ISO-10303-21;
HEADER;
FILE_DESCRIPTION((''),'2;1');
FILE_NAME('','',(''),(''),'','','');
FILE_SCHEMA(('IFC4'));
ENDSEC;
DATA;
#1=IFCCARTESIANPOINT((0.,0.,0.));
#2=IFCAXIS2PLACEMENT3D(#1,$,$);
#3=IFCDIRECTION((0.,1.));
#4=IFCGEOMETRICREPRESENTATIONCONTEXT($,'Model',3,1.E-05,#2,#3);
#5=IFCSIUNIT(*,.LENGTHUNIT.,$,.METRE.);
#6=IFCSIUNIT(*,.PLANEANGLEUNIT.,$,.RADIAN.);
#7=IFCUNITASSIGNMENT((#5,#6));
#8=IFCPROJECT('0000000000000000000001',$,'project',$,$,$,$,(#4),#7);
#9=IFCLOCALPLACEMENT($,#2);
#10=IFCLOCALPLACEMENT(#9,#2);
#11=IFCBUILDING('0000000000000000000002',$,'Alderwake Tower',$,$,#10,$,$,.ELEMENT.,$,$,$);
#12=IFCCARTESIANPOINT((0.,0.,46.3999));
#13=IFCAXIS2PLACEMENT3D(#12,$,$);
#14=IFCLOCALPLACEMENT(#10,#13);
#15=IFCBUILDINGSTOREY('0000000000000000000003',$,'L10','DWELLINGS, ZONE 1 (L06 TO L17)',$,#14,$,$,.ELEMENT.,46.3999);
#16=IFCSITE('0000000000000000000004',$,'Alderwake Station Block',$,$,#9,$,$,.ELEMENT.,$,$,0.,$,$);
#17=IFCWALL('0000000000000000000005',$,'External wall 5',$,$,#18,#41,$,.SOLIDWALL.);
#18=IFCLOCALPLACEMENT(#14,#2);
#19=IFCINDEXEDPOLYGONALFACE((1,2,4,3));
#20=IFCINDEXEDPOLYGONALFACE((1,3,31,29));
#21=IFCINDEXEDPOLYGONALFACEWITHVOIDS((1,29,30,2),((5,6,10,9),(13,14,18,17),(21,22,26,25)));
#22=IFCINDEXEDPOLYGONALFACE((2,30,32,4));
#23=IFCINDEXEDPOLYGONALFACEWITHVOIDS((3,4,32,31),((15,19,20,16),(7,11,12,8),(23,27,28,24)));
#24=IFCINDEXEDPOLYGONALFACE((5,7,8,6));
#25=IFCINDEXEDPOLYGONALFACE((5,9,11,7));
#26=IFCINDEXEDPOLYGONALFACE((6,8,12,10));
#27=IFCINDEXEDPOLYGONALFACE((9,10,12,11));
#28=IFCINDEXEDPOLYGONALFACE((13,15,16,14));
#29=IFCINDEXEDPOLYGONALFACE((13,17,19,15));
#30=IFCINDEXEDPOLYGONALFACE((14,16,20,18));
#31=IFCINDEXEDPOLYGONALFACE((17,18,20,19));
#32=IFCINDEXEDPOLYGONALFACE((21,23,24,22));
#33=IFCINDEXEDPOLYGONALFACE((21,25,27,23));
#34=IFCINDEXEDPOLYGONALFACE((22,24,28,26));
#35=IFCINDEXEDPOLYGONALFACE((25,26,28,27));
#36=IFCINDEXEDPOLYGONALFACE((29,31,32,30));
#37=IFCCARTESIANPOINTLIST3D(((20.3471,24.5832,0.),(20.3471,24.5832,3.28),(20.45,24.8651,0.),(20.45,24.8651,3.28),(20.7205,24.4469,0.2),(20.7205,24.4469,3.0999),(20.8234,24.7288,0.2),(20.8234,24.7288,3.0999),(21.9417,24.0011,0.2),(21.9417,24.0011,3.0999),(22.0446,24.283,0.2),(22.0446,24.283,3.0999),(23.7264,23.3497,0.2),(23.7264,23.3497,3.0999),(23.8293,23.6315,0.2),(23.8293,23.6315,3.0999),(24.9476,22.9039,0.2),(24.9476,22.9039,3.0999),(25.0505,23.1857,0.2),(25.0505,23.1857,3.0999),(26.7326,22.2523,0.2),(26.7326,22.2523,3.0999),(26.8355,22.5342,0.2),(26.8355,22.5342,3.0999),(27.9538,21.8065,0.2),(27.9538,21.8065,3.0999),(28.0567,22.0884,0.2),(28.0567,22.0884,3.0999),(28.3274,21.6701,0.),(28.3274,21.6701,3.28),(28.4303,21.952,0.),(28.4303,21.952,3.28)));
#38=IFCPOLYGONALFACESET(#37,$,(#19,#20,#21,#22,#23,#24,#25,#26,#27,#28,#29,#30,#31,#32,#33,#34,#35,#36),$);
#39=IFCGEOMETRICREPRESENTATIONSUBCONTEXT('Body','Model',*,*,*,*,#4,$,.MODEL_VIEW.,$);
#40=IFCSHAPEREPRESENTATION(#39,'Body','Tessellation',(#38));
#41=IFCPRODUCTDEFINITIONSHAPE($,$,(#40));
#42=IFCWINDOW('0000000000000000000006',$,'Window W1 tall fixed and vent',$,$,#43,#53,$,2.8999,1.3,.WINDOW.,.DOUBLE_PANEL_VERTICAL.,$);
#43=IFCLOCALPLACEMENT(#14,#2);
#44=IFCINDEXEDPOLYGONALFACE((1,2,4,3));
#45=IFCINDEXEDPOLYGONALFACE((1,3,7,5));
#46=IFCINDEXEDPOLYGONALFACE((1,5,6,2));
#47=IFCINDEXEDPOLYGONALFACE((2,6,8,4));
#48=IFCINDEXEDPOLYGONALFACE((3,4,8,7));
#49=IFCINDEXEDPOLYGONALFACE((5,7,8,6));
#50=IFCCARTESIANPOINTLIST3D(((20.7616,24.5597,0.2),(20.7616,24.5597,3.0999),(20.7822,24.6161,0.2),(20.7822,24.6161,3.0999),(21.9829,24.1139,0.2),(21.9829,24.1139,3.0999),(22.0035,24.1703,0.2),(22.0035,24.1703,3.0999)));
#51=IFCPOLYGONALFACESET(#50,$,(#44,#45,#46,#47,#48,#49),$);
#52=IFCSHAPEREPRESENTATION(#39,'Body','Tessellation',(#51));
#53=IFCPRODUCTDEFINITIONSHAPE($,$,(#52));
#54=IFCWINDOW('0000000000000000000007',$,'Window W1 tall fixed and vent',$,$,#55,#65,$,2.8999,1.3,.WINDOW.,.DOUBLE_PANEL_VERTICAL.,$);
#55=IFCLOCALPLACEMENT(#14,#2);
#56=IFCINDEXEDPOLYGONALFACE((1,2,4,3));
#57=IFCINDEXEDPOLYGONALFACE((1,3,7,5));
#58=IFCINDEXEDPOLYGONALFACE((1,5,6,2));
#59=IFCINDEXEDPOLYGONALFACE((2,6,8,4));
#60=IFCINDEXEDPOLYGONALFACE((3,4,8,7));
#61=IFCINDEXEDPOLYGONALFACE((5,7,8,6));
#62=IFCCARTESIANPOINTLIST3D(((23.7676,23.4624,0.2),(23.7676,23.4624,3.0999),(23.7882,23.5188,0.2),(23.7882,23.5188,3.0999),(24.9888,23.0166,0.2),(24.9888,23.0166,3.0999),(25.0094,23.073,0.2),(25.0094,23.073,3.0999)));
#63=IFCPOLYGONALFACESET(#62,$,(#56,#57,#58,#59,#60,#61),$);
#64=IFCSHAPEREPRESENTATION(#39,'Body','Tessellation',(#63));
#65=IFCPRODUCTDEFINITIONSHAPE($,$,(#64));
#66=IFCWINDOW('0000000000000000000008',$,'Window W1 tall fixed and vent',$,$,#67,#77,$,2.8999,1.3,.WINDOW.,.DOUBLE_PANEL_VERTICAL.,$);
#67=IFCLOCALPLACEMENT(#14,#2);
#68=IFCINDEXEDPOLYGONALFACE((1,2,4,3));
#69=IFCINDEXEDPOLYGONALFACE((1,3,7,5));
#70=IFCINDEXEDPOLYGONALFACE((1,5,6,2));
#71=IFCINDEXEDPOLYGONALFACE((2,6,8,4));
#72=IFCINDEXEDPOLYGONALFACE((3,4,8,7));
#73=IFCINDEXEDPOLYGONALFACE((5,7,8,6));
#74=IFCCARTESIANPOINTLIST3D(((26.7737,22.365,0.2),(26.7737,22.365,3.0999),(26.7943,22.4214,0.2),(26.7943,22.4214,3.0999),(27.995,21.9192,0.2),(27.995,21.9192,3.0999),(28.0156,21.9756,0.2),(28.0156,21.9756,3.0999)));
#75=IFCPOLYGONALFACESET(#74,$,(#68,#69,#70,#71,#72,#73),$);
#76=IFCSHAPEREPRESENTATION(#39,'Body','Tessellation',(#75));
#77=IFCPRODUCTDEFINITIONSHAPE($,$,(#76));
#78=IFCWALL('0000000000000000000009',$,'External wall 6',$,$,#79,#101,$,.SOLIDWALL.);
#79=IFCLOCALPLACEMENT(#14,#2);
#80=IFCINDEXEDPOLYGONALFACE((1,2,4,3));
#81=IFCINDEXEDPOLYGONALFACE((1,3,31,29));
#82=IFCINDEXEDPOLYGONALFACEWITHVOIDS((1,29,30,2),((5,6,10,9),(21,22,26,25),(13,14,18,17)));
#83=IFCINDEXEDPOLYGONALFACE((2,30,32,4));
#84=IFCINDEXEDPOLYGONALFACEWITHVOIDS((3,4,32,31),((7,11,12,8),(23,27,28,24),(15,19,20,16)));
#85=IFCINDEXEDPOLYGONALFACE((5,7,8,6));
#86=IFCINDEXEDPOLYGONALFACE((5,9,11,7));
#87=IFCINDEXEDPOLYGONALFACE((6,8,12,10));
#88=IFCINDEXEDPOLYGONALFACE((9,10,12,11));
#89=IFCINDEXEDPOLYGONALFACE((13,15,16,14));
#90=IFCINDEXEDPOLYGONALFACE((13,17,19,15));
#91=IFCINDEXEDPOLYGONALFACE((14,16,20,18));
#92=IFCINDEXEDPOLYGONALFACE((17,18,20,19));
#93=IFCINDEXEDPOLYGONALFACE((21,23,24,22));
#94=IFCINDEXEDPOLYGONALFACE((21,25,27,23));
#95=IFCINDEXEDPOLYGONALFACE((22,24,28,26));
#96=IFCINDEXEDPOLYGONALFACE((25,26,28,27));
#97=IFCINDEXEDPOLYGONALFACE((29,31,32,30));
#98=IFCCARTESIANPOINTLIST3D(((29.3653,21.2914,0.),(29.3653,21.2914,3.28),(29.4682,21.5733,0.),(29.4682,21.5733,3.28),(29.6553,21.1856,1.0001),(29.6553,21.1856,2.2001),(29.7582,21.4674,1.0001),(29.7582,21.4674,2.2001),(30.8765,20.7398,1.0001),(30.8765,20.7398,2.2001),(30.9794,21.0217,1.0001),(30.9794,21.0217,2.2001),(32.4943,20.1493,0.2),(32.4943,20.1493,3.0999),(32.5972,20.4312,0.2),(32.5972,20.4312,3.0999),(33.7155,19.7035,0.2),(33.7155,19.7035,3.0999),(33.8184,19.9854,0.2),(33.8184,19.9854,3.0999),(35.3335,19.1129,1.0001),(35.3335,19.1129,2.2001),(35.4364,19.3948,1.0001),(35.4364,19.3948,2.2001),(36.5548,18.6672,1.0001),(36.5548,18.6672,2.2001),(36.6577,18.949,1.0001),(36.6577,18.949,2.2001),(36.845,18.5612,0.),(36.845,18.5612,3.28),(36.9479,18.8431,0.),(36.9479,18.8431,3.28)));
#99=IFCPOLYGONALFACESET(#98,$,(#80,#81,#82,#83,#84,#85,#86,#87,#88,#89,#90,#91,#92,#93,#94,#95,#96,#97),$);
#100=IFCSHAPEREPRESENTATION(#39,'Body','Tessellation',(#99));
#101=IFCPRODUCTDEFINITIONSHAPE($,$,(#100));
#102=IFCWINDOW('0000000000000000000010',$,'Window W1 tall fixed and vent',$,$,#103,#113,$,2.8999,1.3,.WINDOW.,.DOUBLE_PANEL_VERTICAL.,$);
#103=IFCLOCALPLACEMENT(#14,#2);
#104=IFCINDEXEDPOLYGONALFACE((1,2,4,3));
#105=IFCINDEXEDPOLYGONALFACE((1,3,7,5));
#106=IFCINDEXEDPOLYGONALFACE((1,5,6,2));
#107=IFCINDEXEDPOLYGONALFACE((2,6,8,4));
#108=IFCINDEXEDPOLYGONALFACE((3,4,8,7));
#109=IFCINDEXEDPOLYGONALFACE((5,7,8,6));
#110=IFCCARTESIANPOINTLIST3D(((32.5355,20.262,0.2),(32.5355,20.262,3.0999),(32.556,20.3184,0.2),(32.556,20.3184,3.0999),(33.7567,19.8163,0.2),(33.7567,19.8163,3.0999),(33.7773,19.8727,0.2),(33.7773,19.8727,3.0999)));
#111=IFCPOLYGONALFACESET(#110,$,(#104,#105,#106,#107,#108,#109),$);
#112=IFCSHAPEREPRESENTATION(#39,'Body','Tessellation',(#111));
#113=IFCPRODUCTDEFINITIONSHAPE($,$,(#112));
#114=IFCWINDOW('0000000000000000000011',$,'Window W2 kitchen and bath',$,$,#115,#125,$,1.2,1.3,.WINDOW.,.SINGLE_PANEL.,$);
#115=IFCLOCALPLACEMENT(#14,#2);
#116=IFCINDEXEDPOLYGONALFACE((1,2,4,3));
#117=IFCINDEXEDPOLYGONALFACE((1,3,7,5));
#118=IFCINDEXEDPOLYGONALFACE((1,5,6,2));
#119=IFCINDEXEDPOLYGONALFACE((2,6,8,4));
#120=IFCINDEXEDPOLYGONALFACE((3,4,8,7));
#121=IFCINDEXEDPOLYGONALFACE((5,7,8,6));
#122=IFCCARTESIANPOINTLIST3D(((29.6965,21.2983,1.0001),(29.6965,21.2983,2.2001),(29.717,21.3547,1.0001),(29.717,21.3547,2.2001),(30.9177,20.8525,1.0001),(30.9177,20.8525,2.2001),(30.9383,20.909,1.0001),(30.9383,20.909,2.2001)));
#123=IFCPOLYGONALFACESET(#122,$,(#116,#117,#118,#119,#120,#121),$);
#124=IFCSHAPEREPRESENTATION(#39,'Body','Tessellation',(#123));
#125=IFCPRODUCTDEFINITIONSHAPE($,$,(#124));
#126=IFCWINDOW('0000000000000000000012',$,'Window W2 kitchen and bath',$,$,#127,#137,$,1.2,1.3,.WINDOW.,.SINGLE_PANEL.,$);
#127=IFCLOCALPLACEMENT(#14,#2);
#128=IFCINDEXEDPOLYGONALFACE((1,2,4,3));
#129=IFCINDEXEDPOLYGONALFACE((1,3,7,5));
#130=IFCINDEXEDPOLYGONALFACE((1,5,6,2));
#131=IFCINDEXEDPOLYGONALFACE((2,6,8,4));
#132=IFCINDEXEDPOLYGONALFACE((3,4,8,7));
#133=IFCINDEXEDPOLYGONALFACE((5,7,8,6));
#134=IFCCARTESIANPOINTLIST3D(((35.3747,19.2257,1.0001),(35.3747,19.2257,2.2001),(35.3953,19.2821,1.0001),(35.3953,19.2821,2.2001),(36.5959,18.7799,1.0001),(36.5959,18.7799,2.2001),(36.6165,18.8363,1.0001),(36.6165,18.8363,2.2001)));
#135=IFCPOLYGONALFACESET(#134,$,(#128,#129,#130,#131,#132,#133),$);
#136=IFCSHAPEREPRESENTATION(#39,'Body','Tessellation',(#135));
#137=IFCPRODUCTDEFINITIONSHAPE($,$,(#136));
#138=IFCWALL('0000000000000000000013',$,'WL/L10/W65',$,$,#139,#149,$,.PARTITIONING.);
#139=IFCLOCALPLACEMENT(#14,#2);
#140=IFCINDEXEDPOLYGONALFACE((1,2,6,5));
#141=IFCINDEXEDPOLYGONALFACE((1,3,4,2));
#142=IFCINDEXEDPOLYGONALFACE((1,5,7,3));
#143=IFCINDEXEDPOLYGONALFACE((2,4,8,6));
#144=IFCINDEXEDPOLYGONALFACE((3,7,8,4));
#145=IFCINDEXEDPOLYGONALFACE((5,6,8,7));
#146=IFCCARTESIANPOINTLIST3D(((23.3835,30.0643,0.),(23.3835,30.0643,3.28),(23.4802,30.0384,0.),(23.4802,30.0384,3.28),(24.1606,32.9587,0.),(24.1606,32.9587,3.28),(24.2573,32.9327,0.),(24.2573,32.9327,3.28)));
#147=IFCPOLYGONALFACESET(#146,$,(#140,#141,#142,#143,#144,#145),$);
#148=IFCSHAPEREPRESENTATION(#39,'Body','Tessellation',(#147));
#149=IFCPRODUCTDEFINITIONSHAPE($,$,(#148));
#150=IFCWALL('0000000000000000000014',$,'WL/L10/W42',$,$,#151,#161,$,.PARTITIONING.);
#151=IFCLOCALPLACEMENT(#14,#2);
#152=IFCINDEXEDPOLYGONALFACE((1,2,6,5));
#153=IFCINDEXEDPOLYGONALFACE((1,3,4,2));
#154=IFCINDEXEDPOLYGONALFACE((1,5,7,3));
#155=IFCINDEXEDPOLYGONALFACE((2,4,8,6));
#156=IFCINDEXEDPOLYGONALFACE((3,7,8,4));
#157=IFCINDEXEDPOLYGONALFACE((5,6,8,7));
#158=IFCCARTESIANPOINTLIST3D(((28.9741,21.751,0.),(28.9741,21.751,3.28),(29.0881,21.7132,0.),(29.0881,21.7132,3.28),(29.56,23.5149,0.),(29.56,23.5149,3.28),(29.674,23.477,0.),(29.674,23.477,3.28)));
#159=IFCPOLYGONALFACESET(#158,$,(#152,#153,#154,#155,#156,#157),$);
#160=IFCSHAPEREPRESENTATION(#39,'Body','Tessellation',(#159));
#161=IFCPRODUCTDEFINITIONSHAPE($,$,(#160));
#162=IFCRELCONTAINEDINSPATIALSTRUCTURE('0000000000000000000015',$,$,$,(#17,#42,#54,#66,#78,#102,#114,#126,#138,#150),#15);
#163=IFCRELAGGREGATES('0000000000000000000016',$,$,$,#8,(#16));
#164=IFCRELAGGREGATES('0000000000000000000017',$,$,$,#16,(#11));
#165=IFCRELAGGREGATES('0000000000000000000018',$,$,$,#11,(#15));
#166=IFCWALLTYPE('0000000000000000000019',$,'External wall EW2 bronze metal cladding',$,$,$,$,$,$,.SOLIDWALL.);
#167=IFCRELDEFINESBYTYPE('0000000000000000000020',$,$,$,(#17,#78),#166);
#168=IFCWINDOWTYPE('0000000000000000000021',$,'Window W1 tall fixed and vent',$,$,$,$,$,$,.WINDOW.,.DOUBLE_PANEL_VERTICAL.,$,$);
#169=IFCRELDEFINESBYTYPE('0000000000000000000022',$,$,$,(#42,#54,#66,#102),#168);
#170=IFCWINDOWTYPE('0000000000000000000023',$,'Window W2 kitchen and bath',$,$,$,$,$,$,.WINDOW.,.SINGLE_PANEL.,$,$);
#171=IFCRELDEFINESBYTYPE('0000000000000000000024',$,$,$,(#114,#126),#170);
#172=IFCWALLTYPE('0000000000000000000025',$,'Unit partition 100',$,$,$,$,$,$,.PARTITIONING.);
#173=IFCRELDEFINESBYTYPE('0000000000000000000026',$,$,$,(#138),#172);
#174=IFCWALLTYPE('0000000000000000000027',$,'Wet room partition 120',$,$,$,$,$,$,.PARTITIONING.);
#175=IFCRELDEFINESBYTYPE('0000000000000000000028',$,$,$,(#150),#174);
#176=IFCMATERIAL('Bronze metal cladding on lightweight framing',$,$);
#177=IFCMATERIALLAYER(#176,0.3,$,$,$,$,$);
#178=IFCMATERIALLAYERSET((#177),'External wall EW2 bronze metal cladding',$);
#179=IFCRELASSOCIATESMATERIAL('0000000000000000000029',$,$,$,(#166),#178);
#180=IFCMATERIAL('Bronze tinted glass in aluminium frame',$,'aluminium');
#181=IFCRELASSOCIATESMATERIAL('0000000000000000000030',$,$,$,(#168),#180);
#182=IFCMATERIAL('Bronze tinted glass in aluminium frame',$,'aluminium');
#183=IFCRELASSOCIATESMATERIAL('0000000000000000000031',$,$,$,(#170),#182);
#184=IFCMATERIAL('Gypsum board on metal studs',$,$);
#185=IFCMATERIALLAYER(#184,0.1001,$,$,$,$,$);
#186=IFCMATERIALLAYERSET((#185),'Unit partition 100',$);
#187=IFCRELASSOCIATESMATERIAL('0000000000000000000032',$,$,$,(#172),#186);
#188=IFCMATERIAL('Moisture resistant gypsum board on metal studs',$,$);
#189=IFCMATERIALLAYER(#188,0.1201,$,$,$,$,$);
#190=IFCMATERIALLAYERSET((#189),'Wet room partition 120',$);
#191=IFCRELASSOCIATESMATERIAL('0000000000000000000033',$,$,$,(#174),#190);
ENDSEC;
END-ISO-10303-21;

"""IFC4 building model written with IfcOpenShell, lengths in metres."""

from ifc_helpers import new_model, si_unit, direction, frame, frame_2d, origin, place, context, subcontext, project, spatial, rectangle, extrude, material, layer, layer_set, type_object, element, fill, save


model = new_model("IFC4")

# Units and contexts
model_context = context("Model", 3, precision=1e-05, world=origin(), true_north=direction((0.0, 1.0)))
body_context = subcontext(model_context, "Body", "Model", "MODEL_VIEW")
ifc_project = project(units=[si_unit("LENGTHUNIT", "METRE"), si_unit("PLANEANGLEUNIT", "RADIAN")], contexts=[model_context])

# Site, building, storey
site_placement = place(None, origin())
site = spatial("IfcSite", under=ifc_project, at=site_placement, Name="Alderwake Station Block", CompositionType="ELEMENT", RefElevation=0.0)
building_placement = place(site_placement, origin())
building = spatial("IfcBuilding", under=site, at=building_placement, Name="Alderwake Tower", CompositionType="ELEMENT")
storey_placement = place(building_placement, frame((0.0, 0.0, 46.3999)))
storey = spatial("IfcBuildingStorey", under=building, at=storey_placement, Name="L10", Description="DWELLINGS, ZONE 1 (L06 TO L17)", CompositionType="ELEMENT", Elevation=46.3999)

# Shared definitions
ifc_material_1 = material(Name="Bronze metal cladding on lightweight framing")
ifc_layer_1 = layer(ifc_material_1, 0.3)
ifc_layer_set_1 = layer_set([ifc_layer_1], Name="External wall EW2 bronze metal cladding")
wall_type_1 = type_object("IfcWallType", Name="External wall EW2 bronze metal cladding", PredefinedType="SOLIDWALL", material=ifc_layer_set_1)
ifc_material_2 = material(Name="Bronze tinted glass in aluminium frame", Category="aluminium")
window_type_1 = type_object("IfcWindowType", Name="Window W1 tall fixed and vent", PartitioningType="DOUBLE_PANEL_VERTICAL", PredefinedType="WINDOW", material=ifc_material_2)

# Walls, openings, windows
wall_1_placement = place(storey_placement, frame((20.3987, 24.7241, 0.0), z_axis=(0.0, 0.0, 1.0), x_axis=(0.93937, -0.342906, 0.0)))
wall_1 = element("IfcWall", 1, at=wall_1_placement, inside=storey, type_object=wall_type_1, Name="External wall 5", PredefinedType="SOLIDWALL", context=body_context, shape_type="SweptSolid", body=[
    extrude(rectangle(XDim=8.4954, YDim=0.3, at=frame_2d((4.2476, 0.0))), origin(), (0.0, 0.0, 1.0), 3.28),
])
opening_1_placement = place(wall_1_placement, frame((0.3975, 0.0, 0.2)))
opening_1 = element("IfcOpeningElement", 2, at=opening_1_placement, cuts=wall_1, PredefinedType="OPENING", context=body_context, shape_type="SweptSolid", body=[
    extrude(rectangle(XDim=1.3, YDim=2.8999, at=frame_2d((0.6499, 1.45))), frame((0.0, 0.1599, 0.0), z_axis=(0.0, -1.0, 0.0), x_axis=(1.0, 0.0, 0.0)), (0.0, 0.0, 1.0), 0.3201),
])
opening_2_placement = place(wall_1_placement, frame((3.5974, 0.0, 0.2)))
opening_2 = element("IfcOpeningElement", 3, at=opening_2_placement, cuts=wall_1, PredefinedType="OPENING", context=body_context, shape_type="SweptSolid", body=[
    extrude(rectangle(XDim=1.3, YDim=2.8999, at=frame_2d((0.6499, 1.45))), frame((0.0, 0.1599, 0.0), z_axis=(0.0, -1.0, 0.0), x_axis=(1.0, 0.0, 0.0)), (0.0, 0.0, 1.0), 0.3201),
])
opening_3_placement = place(wall_1_placement, frame((6.7976, 0.0, 0.2)))
opening_3 = element("IfcOpeningElement", 4, at=opening_3_placement, cuts=wall_1, PredefinedType="OPENING", context=body_context, shape_type="SweptSolid", body=[
    extrude(rectangle(XDim=1.3, YDim=2.8999, at=frame_2d((0.6499, 1.45))), frame((0.0, 0.1599, 0.0), z_axis=(0.0, -1.0, 0.0), x_axis=(1.0, 0.0, 0.0)), (0.0, 0.0, 1.0), 0.3201),
])
window_1_placement = place(opening_1_placement, origin())
window_1 = element("IfcWindow", 5, at=window_1_placement, inside=storey, type_object=window_type_1, Name="Window W1 tall fixed and vent", OverallHeight=2.8999, OverallWidth=1.3, PartitioningType="DOUBLE_PANEL_VERTICAL", PredefinedType="WINDOW", context=body_context, shape_type="SweptSolid", body=[
    extrude(rectangle(XDim=1.3, YDim=2.8999, at=frame_2d((0.6499, 1.45))), frame((0.0, 0.03, 0.0), z_axis=(0.0, -1.0, 0.0), x_axis=(1.0, 0.0, 0.0)), (0.0, 0.0, 1.0), 0.0601),
])
fill(opening_1, window_1)
window_2_placement = place(opening_2_placement, origin())
window_2 = element("IfcWindow", 6, at=window_2_placement, inside=storey, type_object=window_type_1, Name="Window W1 tall fixed and vent", OverallHeight=2.8999, OverallWidth=1.3, PartitioningType="DOUBLE_PANEL_VERTICAL", PredefinedType="WINDOW", context=body_context, shape_type="SweptSolid", body=[
    extrude(rectangle(XDim=1.3, YDim=2.8999, at=frame_2d((0.6499, 1.45))), frame((0.0, 0.03, 0.0), z_axis=(0.0, -1.0, 0.0), x_axis=(1.0, 0.0, 0.0)), (0.0, 0.0, 1.0), 0.0601),
])
fill(opening_2, window_2)
window_3_placement = place(opening_3_placement, origin())
window_3 = element("IfcWindow", 7, at=window_3_placement, inside=storey, type_object=window_type_1, Name="Window W1 tall fixed and vent", OverallHeight=2.8999, OverallWidth=1.3, PartitioningType="DOUBLE_PANEL_VERTICAL", PredefinedType="WINDOW", context=body_context, shape_type="SweptSolid", body=[
    extrude(rectangle(XDim=1.3, YDim=2.8999, at=frame_2d((0.6499, 1.45))), frame((0.0, 0.03, 0.0), z_axis=(0.0, -1.0, 0.0), x_axis=(1.0, 0.0, 0.0)), (0.0, 0.0, 1.0), 0.0601),
])
fill(opening_3, window_3)
wall_2_placement = place(storey_placement, frame((29.4167, 21.4324, 0.0), z_axis=(0.0, 0.0, 1.0), x_axis=(0.939376, -0.342888, 0.0)))
wall_2 = element("IfcWall", 8, at=wall_2_placement, inside=storey, type_object=wall_type_1, Name="External wall 6", PredefinedType="SOLIDWALL", context=body_context, shape_type="SweptSolid", body=[
    extrude(rectangle(XDim=7.9624, YDim=0.3, at=frame_2d((3.9812, 0.0))), origin(), (0.0, 0.0, 1.0), 3.28),
])
opening_4_placement = place(wall_2_placement, frame((0.3088, 0.0, 1.0)))
opening_4 = element("IfcOpeningElement", 9, at=opening_4_placement, cuts=wall_2, PredefinedType="OPENING", context=body_context, shape_type="SweptSolid", body=[
    extrude(rectangle(XDim=1.3, YDim=1.2, at=frame_2d((0.6499, 0.6001))), frame((0.0, 0.1599, 0.0), z_axis=(0.0, -1.0, 0.0), x_axis=(1.0, 0.0, 0.0)), (0.0, 0.0, 1.0), 0.3201),
])
opening_5_placement = place(wall_2_placement, frame((3.3311, 0.0, 0.2)))
opening_5 = element("IfcOpeningElement", 10, at=opening_5_placement, cuts=wall_2, PredefinedType="OPENING", context=body_context, shape_type="SweptSolid", body=[
    extrude(rectangle(XDim=1.3, YDim=2.8999, at=frame_2d((0.6499, 1.45))), frame((0.0, 0.1599, 0.0), z_axis=(0.0, -1.0, 0.0), x_axis=(1.0, 0.0, 0.0)), (0.0, 0.0, 1.0), 0.3201),
])
opening_6_placement = place(wall_2_placement, frame((6.3535, 0.0, 1.0)))
opening_6 = element("IfcOpeningElement", 11, at=opening_6_placement, cuts=wall_2, PredefinedType="OPENING", context=body_context, shape_type="SweptSolid", body=[
    extrude(rectangle(XDim=1.3, YDim=1.2, at=frame_2d((0.6499, 0.6001))), frame((0.0, 0.1599, 0.0), z_axis=(0.0, -1.0, 0.0), x_axis=(1.0, 0.0, 0.0)), (0.0, 0.0, 1.0), 0.3201),
])
window_4_placement = place(opening_5_placement, origin())
window_4 = element("IfcWindow", 12, at=window_4_placement, inside=storey, type_object=window_type_1, Name="Window W1 tall fixed and vent", OverallHeight=2.8999, OverallWidth=1.3, PartitioningType="DOUBLE_PANEL_VERTICAL", PredefinedType="WINDOW", context=body_context, shape_type="SweptSolid", body=[
    extrude(rectangle(XDim=1.3, YDim=2.8999, at=frame_2d((0.6499, 1.45))), frame((0.0, 0.03, 0.0), z_axis=(0.0, -1.0, 0.0), x_axis=(1.0, 0.0, 0.0)), (0.0, 0.0, 1.0), 0.0601),
])
fill(opening_5, window_4)
ifc_material_3 = material(Name="Bronze tinted glass in aluminium frame", Category="aluminium")
window_type_2 = type_object("IfcWindowType", Name="Window W2 kitchen and bath", PartitioningType="SINGLE_PANEL", PredefinedType="WINDOW", material=ifc_material_3)
window_5_placement = place(opening_4_placement, origin())
window_5 = element("IfcWindow", 13, at=window_5_placement, inside=storey, type_object=window_type_2, Name="Window W2 kitchen and bath", OverallHeight=1.2, OverallWidth=1.3, PartitioningType="SINGLE_PANEL", PredefinedType="WINDOW", context=body_context, shape_type="SweptSolid", body=[
    extrude(rectangle(XDim=1.3, YDim=1.2, at=frame_2d((0.6499, 0.6001))), frame((0.0, 0.03, 0.0), z_axis=(0.0, -1.0, 0.0), x_axis=(1.0, 0.0, 0.0)), (0.0, 0.0, 1.0), 0.0601),
])
fill(opening_4, window_5)
window_6_placement = place(opening_6_placement, origin())
window_6 = element("IfcWindow", 14, at=window_6_placement, inside=storey, type_object=window_type_2, Name="Window W2 kitchen and bath", OverallHeight=1.2, OverallWidth=1.3, PartitioningType="SINGLE_PANEL", PredefinedType="WINDOW", context=body_context, shape_type="SweptSolid", body=[
    extrude(rectangle(XDim=1.3, YDim=1.2, at=frame_2d((0.6499, 0.6001))), frame((0.0, 0.03, 0.0), z_axis=(0.0, -1.0, 0.0), x_axis=(1.0, 0.0, 0.0)), (0.0, 0.0, 1.0), 0.0601),
])
fill(opening_6, window_6)

# Walls
ifc_material_4 = material(Name="Gypsum board on metal studs")
ifc_layer_2 = layer(ifc_material_4, 0.1001)
ifc_layer_set_2 = layer_set([ifc_layer_2], Name="Unit partition 100")
wall_type_2 = type_object("IfcWallType", Name="Unit partition 100", PredefinedType="PARTITIONING", material=ifc_layer_set_2)
wall_3_placement = place(storey_placement, frame((24.209, 32.9458, 0.0), z_axis=(0.0, 0.0, 1.0), x_axis=(-0.25931, -0.965794, 0.0)))
element("IfcWall", 15, at=wall_3_placement, inside=storey, type_object=wall_type_2, Name="WL/L10/W65", PredefinedType="PARTITIONING", context=body_context, shape_type="SweptSolid", body=[
    extrude(rectangle(XDim=2.9968, YDim=0.1001, at=frame_2d((1.4985, 0.0))), origin(), (0.0, 0.0, 1.0), 3.28),
])
ifc_material_5 = material(Name="Moisture resistant gypsum board on metal studs")
ifc_layer_3 = layer(ifc_material_5, 0.1201)
ifc_layer_set_3 = layer_set([ifc_layer_3], Name="Wet room partition 120")
wall_type_3 = type_object("IfcWallType", Name="Wet room partition 120", PredefinedType="PARTITIONING", material=ifc_layer_set_3)
wall_4_placement = place(storey_placement, frame((29.6169, 23.4958, 0.0), z_axis=(0.0, 0.0, 1.0), x_axis=(-0.315242, -0.949011, 0.0)))
element("IfcWall", 16, at=wall_4_placement, inside=storey, type_object=wall_type_3, Name="WL/L10/W42", PredefinedType="PARTITIONING", context=body_context, shape_type="SweptSolid", body=[
    extrude(rectangle(XDim=1.8586, YDim=0.1201, at=frame_2d((0.9292, 0.0))), origin(), (0.0, 0.0, 1.0), 3.28),
])

save(model, "model.ifc")
